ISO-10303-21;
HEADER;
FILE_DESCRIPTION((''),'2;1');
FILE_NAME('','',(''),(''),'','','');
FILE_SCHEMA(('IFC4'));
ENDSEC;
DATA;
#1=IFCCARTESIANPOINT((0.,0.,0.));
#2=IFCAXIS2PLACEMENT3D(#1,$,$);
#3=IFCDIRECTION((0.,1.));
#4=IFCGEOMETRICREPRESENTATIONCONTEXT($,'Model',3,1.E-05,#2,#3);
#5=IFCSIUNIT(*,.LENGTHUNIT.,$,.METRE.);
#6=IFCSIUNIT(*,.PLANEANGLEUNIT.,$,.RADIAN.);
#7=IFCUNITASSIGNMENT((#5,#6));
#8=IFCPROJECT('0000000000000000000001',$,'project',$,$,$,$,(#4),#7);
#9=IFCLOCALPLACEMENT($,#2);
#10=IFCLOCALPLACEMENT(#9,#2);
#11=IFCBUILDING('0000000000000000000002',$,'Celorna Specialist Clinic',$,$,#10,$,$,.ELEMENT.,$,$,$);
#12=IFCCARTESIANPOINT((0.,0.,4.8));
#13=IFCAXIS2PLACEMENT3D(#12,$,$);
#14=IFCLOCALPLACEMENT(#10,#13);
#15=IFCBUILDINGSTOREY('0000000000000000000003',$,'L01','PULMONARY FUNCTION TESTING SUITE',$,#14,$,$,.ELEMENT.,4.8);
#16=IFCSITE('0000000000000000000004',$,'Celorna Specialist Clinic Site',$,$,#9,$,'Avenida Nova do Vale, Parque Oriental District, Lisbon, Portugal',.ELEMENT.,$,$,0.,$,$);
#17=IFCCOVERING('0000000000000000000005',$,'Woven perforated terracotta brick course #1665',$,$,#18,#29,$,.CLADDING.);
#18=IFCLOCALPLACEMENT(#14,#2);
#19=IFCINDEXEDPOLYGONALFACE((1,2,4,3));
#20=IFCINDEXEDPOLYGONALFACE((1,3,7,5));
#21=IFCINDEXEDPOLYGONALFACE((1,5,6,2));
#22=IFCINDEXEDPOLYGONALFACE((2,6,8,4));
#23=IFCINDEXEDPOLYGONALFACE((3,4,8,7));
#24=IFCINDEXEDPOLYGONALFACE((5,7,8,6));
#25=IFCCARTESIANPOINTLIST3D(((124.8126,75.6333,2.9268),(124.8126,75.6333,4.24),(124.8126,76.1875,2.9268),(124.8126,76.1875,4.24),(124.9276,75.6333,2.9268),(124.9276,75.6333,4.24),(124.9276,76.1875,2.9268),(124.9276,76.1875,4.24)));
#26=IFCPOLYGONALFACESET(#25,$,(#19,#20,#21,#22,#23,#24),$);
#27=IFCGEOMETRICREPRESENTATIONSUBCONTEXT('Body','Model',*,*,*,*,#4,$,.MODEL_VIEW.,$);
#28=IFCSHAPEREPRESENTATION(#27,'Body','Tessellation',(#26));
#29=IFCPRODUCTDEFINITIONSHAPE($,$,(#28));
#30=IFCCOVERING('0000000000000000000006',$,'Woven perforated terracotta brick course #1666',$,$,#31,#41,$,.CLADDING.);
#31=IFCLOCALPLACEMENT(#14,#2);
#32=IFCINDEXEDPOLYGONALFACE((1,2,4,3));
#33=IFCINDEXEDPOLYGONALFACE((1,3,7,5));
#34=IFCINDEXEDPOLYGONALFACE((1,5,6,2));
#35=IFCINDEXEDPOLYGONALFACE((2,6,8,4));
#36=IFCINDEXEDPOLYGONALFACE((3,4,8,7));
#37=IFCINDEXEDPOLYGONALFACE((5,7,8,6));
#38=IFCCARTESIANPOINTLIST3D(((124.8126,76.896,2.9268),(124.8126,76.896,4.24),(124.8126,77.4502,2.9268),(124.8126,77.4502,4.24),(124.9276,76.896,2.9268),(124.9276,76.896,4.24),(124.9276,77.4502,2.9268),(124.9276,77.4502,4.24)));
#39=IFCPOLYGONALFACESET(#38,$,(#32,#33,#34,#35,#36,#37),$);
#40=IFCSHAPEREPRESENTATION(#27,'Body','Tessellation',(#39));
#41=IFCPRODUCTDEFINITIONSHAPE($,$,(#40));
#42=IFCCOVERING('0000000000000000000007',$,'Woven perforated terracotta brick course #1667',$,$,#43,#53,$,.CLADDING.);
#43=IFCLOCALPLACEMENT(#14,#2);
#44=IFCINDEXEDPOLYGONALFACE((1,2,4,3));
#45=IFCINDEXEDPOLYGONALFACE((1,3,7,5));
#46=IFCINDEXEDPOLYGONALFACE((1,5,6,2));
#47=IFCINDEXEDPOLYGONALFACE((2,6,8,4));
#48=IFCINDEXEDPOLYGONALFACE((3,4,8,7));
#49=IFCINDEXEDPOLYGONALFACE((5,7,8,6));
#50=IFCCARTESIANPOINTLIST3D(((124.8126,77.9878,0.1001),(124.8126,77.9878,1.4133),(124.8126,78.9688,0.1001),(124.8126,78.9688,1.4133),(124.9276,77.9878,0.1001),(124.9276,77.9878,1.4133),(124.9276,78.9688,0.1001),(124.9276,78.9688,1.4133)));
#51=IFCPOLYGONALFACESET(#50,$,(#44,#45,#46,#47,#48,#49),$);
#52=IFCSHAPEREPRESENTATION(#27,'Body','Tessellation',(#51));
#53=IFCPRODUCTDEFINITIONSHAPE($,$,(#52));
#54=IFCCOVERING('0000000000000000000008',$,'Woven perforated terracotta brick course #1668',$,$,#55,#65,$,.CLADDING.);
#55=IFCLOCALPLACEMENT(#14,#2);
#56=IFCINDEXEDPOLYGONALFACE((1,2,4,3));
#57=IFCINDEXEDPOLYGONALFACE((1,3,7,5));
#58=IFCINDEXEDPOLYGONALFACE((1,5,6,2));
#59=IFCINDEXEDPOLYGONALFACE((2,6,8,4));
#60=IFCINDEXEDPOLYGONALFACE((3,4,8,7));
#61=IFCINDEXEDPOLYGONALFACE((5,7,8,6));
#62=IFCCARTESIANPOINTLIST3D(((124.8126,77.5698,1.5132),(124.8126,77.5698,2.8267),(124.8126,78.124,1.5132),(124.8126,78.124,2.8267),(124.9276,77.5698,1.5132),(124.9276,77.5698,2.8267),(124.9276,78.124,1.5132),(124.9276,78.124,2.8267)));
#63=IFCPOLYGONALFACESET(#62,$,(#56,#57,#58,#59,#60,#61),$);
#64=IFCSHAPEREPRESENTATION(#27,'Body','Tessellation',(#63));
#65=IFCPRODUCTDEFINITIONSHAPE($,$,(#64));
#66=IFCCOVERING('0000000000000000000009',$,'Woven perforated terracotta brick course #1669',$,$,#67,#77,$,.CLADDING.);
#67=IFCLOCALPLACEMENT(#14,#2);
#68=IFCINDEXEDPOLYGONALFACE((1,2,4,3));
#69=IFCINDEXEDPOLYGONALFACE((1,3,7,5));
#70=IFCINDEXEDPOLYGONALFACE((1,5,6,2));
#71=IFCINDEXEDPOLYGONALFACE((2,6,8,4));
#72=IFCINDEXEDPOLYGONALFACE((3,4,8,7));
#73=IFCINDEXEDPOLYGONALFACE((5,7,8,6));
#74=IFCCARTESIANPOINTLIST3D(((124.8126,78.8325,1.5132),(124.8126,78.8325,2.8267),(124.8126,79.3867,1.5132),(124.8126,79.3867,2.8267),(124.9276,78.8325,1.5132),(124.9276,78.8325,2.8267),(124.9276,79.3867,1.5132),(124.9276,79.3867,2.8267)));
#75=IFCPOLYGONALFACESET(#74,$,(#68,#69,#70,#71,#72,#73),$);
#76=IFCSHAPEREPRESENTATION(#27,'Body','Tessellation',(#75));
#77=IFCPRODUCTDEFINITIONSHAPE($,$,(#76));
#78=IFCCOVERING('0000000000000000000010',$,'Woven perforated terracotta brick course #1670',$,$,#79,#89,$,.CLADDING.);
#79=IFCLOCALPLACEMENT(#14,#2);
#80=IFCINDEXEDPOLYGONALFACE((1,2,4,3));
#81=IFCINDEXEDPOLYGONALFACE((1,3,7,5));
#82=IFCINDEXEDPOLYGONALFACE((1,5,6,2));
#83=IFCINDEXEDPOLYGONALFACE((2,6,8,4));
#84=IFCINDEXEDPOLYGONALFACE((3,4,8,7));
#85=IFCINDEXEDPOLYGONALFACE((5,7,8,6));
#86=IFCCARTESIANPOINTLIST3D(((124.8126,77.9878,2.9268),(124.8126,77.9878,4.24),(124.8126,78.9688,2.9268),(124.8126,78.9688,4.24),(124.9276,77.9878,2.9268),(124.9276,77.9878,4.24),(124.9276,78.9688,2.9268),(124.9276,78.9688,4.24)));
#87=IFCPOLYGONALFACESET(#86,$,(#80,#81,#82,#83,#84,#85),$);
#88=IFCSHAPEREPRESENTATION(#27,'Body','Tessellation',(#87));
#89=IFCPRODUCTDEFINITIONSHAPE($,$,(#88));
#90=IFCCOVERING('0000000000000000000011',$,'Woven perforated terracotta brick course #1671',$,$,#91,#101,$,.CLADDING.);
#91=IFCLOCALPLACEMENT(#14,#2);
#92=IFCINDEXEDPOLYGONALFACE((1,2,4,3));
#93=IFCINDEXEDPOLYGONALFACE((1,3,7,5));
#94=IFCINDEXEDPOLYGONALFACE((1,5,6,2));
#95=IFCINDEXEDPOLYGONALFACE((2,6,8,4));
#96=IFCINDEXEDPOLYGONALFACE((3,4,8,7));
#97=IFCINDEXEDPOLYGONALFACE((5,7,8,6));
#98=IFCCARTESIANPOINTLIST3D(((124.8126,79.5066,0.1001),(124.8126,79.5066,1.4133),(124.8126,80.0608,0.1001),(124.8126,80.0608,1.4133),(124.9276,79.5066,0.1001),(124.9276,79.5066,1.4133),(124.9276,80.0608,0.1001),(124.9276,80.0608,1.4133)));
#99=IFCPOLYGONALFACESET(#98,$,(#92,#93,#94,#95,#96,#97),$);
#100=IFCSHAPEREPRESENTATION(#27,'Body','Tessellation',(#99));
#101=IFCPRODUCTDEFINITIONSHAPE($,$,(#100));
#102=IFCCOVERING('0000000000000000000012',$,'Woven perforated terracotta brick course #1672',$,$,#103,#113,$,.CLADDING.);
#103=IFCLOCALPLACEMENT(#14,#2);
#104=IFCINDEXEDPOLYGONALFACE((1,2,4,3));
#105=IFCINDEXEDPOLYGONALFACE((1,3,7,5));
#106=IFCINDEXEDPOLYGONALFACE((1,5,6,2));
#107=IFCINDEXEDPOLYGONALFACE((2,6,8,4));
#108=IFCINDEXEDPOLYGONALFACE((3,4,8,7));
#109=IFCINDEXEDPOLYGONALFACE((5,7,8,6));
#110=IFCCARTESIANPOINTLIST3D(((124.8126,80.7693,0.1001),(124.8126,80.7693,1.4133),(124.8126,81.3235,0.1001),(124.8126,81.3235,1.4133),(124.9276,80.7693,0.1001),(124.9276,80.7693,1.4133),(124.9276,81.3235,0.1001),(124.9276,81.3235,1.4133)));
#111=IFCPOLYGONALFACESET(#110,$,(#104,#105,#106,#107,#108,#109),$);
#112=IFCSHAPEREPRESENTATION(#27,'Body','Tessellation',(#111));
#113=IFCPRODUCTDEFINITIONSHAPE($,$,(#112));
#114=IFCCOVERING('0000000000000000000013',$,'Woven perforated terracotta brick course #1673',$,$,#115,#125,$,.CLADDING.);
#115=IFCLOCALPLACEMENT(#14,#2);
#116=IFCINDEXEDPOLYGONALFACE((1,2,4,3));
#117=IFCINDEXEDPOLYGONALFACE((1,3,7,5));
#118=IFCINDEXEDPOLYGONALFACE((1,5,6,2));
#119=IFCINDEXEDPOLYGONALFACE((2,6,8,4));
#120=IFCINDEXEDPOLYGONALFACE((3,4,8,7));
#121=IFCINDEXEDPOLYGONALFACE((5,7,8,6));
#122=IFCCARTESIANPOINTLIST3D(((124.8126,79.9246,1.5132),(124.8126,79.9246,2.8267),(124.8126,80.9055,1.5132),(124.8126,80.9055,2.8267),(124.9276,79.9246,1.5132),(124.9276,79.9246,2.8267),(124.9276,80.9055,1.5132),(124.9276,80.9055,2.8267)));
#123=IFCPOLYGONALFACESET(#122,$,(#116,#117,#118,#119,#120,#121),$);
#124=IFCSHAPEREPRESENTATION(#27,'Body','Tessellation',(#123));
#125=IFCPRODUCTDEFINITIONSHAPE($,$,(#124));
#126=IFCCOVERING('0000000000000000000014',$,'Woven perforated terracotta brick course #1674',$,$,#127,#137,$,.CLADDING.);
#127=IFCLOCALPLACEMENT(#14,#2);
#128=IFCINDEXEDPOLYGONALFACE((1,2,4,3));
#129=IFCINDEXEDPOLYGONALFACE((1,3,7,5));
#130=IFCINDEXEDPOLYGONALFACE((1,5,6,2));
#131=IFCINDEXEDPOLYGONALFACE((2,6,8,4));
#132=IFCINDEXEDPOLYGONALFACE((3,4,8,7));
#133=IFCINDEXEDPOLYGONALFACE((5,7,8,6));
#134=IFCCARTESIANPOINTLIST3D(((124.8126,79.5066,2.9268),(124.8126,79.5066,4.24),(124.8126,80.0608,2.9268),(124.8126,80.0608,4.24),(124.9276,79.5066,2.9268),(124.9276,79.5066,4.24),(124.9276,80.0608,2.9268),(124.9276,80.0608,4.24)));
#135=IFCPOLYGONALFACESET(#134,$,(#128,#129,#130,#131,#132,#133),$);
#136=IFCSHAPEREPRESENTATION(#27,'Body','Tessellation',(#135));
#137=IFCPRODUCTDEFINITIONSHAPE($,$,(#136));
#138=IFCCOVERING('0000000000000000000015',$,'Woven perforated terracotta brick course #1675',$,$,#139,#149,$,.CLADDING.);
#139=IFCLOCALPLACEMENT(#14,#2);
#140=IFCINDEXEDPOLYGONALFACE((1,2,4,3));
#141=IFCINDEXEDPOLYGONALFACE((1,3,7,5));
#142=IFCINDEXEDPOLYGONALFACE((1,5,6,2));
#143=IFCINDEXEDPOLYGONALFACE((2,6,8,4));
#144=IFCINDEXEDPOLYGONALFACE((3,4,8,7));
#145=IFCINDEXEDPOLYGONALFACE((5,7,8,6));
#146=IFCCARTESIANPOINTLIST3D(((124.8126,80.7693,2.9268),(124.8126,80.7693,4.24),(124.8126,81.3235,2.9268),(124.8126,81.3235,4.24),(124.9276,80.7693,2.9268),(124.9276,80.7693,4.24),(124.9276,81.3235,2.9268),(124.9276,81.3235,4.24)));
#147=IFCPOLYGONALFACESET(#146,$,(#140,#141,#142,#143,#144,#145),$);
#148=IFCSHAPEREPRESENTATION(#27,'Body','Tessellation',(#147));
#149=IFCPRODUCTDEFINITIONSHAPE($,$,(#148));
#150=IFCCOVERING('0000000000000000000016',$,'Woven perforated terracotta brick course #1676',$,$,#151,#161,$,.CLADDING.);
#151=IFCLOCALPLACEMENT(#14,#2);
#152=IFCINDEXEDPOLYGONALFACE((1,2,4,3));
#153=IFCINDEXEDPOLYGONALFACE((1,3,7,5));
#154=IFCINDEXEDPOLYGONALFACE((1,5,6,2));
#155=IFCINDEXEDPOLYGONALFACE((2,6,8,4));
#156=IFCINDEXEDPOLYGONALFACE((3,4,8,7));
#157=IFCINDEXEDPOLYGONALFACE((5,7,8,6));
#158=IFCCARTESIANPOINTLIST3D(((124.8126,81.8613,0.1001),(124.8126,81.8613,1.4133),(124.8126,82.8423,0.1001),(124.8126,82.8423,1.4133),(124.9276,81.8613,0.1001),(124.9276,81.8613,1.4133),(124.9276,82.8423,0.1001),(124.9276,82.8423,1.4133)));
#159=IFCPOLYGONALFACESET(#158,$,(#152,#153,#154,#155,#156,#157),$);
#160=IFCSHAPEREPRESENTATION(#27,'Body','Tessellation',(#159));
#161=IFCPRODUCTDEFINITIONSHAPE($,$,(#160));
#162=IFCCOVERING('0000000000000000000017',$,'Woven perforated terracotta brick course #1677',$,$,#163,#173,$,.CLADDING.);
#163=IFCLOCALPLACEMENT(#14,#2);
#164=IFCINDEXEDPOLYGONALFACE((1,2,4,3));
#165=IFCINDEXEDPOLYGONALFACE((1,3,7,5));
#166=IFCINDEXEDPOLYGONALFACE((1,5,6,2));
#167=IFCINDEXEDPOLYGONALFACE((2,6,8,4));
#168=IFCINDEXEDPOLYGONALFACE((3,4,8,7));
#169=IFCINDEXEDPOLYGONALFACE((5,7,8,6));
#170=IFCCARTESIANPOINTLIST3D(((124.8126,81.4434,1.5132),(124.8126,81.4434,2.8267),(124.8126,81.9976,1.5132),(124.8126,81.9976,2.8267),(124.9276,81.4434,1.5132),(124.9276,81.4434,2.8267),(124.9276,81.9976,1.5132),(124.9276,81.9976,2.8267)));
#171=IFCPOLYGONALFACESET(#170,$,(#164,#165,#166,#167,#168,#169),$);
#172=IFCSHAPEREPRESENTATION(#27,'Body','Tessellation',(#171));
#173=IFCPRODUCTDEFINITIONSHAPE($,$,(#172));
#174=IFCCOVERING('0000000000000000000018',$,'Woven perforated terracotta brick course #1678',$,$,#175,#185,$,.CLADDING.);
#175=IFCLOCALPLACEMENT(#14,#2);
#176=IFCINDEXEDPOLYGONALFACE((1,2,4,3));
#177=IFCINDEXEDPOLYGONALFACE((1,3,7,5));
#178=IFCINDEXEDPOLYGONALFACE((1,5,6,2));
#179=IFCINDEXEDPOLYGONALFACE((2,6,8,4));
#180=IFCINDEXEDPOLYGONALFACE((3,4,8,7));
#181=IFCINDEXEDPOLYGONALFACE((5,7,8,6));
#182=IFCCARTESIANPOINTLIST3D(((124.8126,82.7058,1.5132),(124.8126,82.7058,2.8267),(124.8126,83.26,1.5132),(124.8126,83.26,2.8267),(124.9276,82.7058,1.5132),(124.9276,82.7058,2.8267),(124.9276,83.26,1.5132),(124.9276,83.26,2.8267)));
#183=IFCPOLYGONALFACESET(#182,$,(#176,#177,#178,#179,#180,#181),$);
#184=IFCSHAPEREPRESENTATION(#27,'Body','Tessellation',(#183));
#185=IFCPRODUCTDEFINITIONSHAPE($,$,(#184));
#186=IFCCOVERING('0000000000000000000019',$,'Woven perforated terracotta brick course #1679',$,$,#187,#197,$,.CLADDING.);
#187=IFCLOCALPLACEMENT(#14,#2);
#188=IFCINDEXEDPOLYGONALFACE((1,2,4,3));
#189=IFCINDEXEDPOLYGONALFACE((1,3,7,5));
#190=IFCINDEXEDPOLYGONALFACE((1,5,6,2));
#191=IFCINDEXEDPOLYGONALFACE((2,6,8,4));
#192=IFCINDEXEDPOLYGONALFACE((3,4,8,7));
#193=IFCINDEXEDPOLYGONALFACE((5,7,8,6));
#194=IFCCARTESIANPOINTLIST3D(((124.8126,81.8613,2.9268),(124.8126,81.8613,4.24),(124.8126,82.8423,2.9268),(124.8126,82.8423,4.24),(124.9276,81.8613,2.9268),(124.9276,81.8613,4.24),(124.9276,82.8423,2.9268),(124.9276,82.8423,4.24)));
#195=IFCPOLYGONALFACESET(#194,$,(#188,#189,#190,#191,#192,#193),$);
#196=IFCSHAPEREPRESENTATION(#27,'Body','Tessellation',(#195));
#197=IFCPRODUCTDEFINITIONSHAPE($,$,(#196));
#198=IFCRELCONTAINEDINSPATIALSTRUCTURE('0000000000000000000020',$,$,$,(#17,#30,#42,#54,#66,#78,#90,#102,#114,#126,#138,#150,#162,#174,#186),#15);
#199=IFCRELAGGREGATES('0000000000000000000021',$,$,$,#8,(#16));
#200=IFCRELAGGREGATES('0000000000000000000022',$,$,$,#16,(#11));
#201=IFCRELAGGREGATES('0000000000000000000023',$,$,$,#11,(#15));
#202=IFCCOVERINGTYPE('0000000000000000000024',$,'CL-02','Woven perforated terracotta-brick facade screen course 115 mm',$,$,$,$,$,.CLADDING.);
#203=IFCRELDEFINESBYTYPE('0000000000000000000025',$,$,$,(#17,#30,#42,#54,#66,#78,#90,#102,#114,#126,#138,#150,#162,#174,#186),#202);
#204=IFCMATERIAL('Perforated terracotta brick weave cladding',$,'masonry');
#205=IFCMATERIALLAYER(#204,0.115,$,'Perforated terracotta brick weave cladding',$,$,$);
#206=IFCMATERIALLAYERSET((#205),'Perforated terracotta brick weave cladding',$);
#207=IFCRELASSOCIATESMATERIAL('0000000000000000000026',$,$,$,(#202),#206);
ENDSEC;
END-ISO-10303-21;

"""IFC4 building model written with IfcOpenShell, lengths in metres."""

from ifc_helpers import new_model, si_unit, direction, frame, origin, origin_2d, place, context, subcontext, project, spatial, rectangle, extrude, material, layer, layer_set, type_object, element, save


model = new_model("IFC4")

# Units and contexts
model_context = context("Model", 3, precision=1e-05, world=origin(), true_north=direction((0.0, 1.0)))
body_context = subcontext(model_context, "Body", "Model", "MODEL_VIEW")
ifc_project = project(units=[si_unit("LENGTHUNIT", "METRE"), si_unit("PLANEANGLEUNIT", "RADIAN")], contexts=[model_context])

# Site, building, storey
site_placement = place(None, origin())
site = spatial("IfcSite", under=ifc_project, at=site_placement, Name="Celorna Specialist Clinic Site", LongName="Avenida Nova do Vale, Parque Oriental District, Lisbon, Portugal", CompositionType="ELEMENT", RefElevation=0.0)
building_placement = place(site_placement, origin())
building = spatial("IfcBuilding", under=site, at=building_placement, Name="Celorna Specialist Clinic", CompositionType="ELEMENT")
storey_placement = place(building_placement, frame((0.0, 0.0, 4.8)))
storey = spatial("IfcBuildingStorey", under=building, at=storey_placement, Name="L01", Description="PULMONARY FUNCTION TESTING SUITE", CompositionType="ELEMENT", Elevation=4.8)

# Coverings
ifc_material_1 = material(Name="Perforated terracotta brick weave cladding", Category="masonry")
ifc_layer_1 = layer(ifc_material_1, 0.115, Name="Perforated terracotta brick weave cladding")
ifc_layer_set_1 = layer_set([ifc_layer_1], Name="Perforated terracotta brick weave cladding")
covering_type = type_object("IfcCoveringType", Name="CL-02", Description="Woven perforated terracotta-brick facade screen course 115 mm", PredefinedType="CLADDING", material=ifc_layer_set_1)
for number, where, z_axis, x_axis, name in (
    (1, (124.8701, 75.9104, 2.9268), (0.0, 0.0, 1.0), (0.0, 1.0, 0.0), "Woven perforated terracotta brick course #1665"),
    (2, (124.8701, 77.1731, 2.9268), (0.0, 0.0, 1.0), (0.0, 1.0, 0.0), "Woven perforated terracotta brick course #1666"),
):
    element("IfcCovering", number, at=place(storey_placement, frame(where, z_axis=z_axis, x_axis=x_axis)), inside=storey, type_object=covering_type, Name=name, PredefinedType="CLADDING", context=body_context, shape_type="SweptSolid", body=[
        extrude(rectangle(XDim=0.5542, YDim=0.115, at=origin_2d()), origin(), (0.0, 0.0, 1.0), 1.3132),
    ])
covering_1_placement = place(storey_placement, frame((124.8701, 78.4783, 0.1001), z_axis=(0.0, 0.0, 1.0), x_axis=(0.0, 1.0, 0.0)))
element("IfcCovering", 3, at=covering_1_placement, inside=storey, type_object=covering_type, Name="Woven perforated terracotta brick course #1667", PredefinedType="CLADDING", context=body_context, shape_type="SweptSolid", body=[
    extrude(rectangle(XDim=0.981, YDim=0.115, at=origin_2d()), origin(), (0.0, 0.0, 1.0), 1.3132),
])
for number, where, z_axis, x_axis, name in (
    (4, (124.8701, 77.8469, 1.5132), (0.0, 0.0, 1.0), (0.0, 1.0, 0.0), "Woven perforated terracotta brick course #1668"),
    (5, (124.8701, 79.1096, 1.5132), (0.0, 0.0, 1.0), (0.0, 1.0, 0.0), "Woven perforated terracotta brick course #1669"),
):
    element("IfcCovering", number, at=place(storey_placement, frame(where, z_axis=z_axis, x_axis=x_axis)), inside=storey, type_object=covering_type, Name=name, PredefinedType="CLADDING", context=body_context, shape_type="SweptSolid", body=[
        extrude(rectangle(XDim=0.5542, YDim=0.115, at=origin_2d()), origin(), (0.0, 0.0, 1.0), 1.3135),
    ])
covering_2_placement = place(storey_placement, frame((124.8701, 78.4783, 2.9268), z_axis=(0.0, 0.0, 1.0), x_axis=(0.0, 1.0, 0.0)))
element("IfcCovering", 6, at=covering_2_placement, inside=storey, type_object=covering_type, Name="Woven perforated terracotta brick course #1670", PredefinedType="CLADDING", context=body_context, shape_type="SweptSolid", body=[
    extrude(rectangle(XDim=0.981, YDim=0.115, at=origin_2d()), origin(), (0.0, 0.0, 1.0), 1.3132),
])
for number, where, z_axis, x_axis, name in (
    (7, (124.8701, 79.7837, 0.1001), (0.0, 0.0, 1.0), (0.0, 1.0, 0.0), "Woven perforated terracotta brick course #1671"),
    (8, (124.8701, 81.0464, 0.1001), (0.0, 0.0, 1.0), (0.0, 1.0, 0.0), "Woven perforated terracotta brick course #1672"),
):
    element("IfcCovering", number, at=place(storey_placement, frame(where, z_axis=z_axis, x_axis=x_axis)), inside=storey, type_object=covering_type, Name=name, PredefinedType="CLADDING", context=body_context, shape_type="SweptSolid", body=[
        extrude(rectangle(XDim=0.5542, YDim=0.115, at=origin_2d()), origin(), (0.0, 0.0, 1.0), 1.3132),
    ])
covering_3_placement = place(storey_placement, frame((124.8701, 80.415, 1.5132), z_axis=(0.0, 0.0, 1.0), x_axis=(0.0, 1.0, 0.0)))
element("IfcCovering", 9, at=covering_3_placement, inside=storey, type_object=covering_type, Name="Woven perforated terracotta brick course #1673", PredefinedType="CLADDING", context=body_context, shape_type="SweptSolid", body=[
    extrude(rectangle(XDim=0.981, YDim=0.115, at=origin_2d()), origin(), (0.0, 0.0, 1.0), 1.3135),
])
for number, where, z_axis, x_axis, name in (
    (10, (124.8701, 79.7837, 2.9268), (0.0, 0.0, 1.0), (0.0, 1.0, 0.0), "Woven perforated terracotta brick course #1674"),
    (11, (124.8701, 81.0464, 2.9268), (0.0, 0.0, 1.0), (0.0, 1.0, 0.0), "Woven perforated terracotta brick course #1675"),
):
    element("IfcCovering", number, at=place(storey_placement, frame(where, z_axis=z_axis, x_axis=x_axis)), inside=storey, type_object=covering_type, Name=name, PredefinedType="CLADDING", context=body_context, shape_type="SweptSolid", body=[
        extrude(rectangle(XDim=0.5542, YDim=0.115, at=origin_2d()), origin(), (0.0, 0.0, 1.0), 1.3132),
    ])
covering_4_placement = place(storey_placement, frame((124.8701, 82.3518, 0.1001), z_axis=(0.0, 0.0, 1.0), x_axis=(0.0, 1.0, 0.0)))
element("IfcCovering", 12, at=covering_4_placement, inside=storey, type_object=covering_type, Name="Woven perforated terracotta brick course #1676", PredefinedType="CLADDING", context=body_context, shape_type="SweptSolid", body=[
    extrude(rectangle(XDim=0.981, YDim=0.115, at=origin_2d()), origin(), (0.0, 0.0, 1.0), 1.3132),
])
for number, where, z_axis, x_axis, name in (
    (13, (124.8701, 81.7205, 1.5132), (0.0, 0.0, 1.0), (0.0, 1.0, 0.0), "Woven perforated terracotta brick course #1677"),
    (14, (124.8701, 82.9829, 1.5132), (0.0, 0.0, 1.0), (0.0, 1.0, 0.0), "Woven perforated terracotta brick course #1678"),
):
    element("IfcCovering", number, at=place(storey_placement, frame(where, z_axis=z_axis, x_axis=x_axis)), inside=storey, type_object=covering_type, Name=name, PredefinedType="CLADDING", context=body_context, shape_type="SweptSolid", body=[
        extrude(rectangle(XDim=0.5542, YDim=0.115, at=origin_2d()), origin(), (0.0, 0.0, 1.0), 1.3135),
    ])
covering_5_placement = place(storey_placement, frame((124.8701, 82.3518, 2.9268), z_axis=(0.0, 0.0, 1.0), x_axis=(0.0, 1.0, 0.0)))
element("IfcCovering", 15, at=covering_5_placement, inside=storey, type_object=covering_type, Name="Woven perforated terracotta brick course #1679", PredefinedType="CLADDING", context=body_context, shape_type="SweptSolid", body=[
    extrude(rectangle(XDim=0.981, YDim=0.115, at=origin_2d()), origin(), (0.0, 0.0, 1.0), 1.3132),
])

save(model, "model.ifc")
